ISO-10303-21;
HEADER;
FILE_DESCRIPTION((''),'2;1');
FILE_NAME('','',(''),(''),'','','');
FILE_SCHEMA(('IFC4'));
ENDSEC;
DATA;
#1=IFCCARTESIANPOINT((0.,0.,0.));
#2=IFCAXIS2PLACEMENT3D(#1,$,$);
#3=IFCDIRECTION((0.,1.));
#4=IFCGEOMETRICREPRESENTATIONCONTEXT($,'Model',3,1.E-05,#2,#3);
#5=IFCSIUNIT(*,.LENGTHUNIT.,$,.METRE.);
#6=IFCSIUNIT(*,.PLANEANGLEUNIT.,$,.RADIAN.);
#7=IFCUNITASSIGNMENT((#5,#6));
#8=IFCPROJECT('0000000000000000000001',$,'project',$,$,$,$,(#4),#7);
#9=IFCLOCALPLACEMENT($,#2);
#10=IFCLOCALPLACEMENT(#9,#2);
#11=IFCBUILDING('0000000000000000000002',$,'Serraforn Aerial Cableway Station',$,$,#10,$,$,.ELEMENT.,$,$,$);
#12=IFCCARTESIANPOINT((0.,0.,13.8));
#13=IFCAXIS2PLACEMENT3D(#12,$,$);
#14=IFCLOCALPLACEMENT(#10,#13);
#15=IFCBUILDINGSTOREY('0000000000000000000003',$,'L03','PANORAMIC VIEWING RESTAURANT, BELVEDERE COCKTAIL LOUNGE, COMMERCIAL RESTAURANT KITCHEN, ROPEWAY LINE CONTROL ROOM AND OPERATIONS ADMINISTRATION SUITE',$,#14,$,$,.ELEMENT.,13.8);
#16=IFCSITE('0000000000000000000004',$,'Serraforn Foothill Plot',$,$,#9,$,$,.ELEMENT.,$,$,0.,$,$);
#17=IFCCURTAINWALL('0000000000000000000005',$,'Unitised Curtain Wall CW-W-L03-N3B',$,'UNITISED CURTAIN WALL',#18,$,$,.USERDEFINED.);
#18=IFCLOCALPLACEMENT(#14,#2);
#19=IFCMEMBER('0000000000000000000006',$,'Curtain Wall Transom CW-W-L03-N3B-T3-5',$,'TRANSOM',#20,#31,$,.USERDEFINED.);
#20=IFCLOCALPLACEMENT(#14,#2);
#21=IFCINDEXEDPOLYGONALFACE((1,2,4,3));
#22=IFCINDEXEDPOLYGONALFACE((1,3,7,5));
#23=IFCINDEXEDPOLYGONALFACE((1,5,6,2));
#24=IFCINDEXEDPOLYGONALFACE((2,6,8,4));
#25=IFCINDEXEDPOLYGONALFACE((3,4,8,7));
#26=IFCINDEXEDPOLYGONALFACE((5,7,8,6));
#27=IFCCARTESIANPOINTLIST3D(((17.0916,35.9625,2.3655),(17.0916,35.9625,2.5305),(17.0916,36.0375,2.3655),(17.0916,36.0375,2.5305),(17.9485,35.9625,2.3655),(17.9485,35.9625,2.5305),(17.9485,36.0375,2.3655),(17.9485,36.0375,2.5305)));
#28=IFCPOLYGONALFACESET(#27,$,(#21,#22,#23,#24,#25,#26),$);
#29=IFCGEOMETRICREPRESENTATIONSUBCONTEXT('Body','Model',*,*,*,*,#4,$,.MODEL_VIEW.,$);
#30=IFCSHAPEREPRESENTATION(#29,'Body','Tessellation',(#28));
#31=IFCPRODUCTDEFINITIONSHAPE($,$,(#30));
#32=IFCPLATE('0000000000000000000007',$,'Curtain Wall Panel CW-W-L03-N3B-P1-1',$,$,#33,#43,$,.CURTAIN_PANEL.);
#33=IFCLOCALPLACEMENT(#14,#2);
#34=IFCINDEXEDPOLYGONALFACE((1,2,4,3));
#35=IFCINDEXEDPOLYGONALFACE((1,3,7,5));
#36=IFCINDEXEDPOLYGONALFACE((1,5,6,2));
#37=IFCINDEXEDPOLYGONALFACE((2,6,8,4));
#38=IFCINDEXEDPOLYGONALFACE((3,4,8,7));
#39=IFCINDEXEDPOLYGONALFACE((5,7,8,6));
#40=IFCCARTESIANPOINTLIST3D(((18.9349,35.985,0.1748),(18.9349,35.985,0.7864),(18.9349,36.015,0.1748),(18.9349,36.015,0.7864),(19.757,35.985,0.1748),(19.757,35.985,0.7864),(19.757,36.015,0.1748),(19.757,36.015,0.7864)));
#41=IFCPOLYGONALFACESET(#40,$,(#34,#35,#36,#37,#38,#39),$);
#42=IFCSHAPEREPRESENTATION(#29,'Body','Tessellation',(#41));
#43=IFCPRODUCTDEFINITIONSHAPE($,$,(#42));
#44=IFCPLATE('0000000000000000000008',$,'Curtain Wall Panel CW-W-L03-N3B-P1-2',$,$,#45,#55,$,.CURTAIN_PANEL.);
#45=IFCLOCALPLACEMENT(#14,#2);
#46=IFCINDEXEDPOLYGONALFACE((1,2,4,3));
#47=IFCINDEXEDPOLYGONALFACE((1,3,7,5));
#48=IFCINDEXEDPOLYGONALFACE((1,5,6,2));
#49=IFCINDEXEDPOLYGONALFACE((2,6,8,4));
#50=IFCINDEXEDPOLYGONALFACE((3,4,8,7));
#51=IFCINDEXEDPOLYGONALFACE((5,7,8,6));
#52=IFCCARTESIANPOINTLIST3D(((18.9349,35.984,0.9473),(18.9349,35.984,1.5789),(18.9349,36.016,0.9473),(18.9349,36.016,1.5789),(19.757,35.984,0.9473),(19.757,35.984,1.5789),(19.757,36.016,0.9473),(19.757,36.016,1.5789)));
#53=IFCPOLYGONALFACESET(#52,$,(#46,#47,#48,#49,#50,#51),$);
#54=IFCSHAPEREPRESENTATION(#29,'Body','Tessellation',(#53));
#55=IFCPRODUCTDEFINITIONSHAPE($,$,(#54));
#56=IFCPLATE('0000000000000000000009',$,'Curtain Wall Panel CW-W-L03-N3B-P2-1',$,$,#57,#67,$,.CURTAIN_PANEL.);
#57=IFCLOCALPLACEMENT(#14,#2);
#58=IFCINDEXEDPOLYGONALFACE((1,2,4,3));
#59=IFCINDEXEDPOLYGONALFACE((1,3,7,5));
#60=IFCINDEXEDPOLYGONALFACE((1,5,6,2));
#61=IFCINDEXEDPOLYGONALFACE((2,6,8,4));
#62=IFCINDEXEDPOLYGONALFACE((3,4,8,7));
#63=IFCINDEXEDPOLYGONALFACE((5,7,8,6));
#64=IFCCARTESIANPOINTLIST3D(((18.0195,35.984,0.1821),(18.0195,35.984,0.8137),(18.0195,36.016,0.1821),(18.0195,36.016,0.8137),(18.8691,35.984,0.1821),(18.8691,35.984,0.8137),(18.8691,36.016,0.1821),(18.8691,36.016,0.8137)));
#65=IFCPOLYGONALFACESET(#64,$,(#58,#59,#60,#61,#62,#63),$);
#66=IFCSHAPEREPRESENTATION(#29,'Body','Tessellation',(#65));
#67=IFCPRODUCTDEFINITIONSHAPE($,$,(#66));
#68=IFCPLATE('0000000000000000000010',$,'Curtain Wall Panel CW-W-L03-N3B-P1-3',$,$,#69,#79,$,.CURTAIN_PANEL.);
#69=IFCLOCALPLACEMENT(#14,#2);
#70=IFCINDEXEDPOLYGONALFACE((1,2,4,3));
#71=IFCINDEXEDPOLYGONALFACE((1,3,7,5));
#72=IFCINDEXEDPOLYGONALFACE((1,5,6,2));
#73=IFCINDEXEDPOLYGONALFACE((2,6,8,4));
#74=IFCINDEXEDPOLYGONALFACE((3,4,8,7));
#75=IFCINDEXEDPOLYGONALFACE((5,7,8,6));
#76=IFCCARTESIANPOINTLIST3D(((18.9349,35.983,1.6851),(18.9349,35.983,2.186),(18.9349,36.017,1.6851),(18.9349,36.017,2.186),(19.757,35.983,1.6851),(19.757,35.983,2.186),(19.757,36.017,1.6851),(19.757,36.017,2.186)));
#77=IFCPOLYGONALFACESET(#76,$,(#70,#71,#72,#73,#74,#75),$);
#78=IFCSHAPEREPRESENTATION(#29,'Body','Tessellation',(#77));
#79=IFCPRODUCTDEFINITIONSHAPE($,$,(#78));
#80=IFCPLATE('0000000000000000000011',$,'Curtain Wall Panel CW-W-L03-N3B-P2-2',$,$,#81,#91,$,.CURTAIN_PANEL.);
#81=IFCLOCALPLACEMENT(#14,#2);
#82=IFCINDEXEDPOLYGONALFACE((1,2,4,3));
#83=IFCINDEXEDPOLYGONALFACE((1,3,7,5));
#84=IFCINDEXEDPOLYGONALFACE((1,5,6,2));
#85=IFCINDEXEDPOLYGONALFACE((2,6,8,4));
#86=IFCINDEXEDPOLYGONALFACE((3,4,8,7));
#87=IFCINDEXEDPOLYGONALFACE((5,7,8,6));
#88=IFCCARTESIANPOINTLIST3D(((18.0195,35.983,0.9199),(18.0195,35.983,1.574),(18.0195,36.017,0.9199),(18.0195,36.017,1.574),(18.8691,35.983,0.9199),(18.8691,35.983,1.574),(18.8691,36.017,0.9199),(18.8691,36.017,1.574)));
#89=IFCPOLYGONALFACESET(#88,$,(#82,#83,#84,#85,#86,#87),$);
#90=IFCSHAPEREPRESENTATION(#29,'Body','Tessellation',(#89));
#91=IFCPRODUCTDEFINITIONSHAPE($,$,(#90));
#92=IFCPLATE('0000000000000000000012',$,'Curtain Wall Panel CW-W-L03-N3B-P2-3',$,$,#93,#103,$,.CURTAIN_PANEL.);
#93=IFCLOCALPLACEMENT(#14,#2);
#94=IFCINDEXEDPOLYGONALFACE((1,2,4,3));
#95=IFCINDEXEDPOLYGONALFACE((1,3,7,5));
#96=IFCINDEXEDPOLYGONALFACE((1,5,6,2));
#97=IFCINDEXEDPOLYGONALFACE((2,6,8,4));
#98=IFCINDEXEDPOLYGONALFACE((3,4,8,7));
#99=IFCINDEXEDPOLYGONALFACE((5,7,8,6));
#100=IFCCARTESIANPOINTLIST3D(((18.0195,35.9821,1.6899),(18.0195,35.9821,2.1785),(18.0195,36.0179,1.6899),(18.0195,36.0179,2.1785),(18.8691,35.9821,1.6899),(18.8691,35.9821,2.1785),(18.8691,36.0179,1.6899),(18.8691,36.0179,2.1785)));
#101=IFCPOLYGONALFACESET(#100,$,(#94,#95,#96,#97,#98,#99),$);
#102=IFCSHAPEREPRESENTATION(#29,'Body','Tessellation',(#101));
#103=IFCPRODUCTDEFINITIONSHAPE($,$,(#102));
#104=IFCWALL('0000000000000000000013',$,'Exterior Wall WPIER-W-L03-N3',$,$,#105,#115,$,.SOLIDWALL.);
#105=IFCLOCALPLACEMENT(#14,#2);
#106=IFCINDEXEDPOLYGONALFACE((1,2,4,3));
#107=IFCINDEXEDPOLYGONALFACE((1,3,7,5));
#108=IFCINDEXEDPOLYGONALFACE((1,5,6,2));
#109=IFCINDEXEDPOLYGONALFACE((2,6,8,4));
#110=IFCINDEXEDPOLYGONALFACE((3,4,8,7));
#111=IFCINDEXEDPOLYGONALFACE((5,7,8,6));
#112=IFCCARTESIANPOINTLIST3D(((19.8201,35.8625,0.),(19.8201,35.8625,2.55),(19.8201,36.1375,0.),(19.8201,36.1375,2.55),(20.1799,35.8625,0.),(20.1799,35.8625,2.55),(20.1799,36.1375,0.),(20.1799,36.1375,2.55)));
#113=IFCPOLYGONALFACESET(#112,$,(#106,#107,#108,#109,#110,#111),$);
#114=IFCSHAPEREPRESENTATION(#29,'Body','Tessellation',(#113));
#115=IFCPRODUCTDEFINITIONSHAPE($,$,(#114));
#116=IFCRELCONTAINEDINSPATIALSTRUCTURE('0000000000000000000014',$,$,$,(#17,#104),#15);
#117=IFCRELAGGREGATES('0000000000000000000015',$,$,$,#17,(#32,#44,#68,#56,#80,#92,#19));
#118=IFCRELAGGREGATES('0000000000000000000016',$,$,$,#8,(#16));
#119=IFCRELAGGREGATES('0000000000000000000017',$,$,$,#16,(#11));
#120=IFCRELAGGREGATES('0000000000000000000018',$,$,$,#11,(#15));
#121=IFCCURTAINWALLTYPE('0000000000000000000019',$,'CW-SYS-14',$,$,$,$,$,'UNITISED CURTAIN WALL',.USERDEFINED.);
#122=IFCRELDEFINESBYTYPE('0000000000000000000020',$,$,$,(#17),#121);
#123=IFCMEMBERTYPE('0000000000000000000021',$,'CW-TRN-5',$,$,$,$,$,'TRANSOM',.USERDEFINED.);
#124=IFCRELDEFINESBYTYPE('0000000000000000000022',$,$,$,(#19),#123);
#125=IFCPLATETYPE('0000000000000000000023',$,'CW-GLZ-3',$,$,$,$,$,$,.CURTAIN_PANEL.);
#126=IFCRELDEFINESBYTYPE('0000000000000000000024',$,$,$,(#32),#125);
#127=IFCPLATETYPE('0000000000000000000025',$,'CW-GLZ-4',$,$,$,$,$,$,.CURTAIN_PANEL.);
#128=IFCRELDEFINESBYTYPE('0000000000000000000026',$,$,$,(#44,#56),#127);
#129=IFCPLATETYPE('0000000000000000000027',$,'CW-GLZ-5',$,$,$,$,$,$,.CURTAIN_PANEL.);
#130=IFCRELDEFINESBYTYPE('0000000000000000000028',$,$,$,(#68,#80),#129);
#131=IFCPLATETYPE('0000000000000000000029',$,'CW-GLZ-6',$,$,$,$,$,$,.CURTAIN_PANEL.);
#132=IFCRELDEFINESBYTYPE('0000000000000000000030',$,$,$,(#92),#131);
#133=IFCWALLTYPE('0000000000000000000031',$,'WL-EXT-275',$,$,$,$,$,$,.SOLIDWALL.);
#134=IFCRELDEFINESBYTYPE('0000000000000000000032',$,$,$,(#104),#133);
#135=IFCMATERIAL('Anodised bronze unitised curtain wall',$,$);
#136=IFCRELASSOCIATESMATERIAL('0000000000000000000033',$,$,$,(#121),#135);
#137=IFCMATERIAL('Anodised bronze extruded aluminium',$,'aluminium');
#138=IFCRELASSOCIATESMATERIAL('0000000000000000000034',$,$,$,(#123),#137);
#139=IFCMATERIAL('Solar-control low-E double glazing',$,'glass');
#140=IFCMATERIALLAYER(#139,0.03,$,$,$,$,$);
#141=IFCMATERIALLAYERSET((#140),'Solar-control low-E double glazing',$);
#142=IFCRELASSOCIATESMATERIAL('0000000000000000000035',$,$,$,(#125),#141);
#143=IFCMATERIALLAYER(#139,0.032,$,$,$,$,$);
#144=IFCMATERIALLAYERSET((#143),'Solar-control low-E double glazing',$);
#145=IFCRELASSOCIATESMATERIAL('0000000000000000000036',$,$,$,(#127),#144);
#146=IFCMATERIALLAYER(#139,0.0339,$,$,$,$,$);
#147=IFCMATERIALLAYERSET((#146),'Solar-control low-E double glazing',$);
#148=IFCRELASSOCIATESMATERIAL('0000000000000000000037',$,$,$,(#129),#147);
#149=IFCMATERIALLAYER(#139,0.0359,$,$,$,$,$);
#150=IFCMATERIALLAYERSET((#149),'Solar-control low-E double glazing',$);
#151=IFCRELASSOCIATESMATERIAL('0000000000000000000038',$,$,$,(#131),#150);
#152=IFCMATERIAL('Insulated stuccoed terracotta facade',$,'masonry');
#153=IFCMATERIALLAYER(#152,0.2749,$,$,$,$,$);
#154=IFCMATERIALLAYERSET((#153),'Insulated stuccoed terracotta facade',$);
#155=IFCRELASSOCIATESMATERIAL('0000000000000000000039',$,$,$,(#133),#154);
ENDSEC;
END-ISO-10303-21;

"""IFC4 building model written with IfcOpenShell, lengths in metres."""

from ifc_helpers import new_model, si_unit, direction, frame, frame_2d, origin, origin_2d, place, context, subcontext, project, spatial, rectangle, extrude, material, layer, layer_set, material_profile, profile_set, type_object, element, aggregate, save


model = new_model("IFC4")

# Units and contexts
model_context = context("Model", 3, precision=1e-05, world=origin(), true_north=direction((0.0, 1.0)))
body_context = subcontext(model_context, "Body", "Model", "MODEL_VIEW")
ifc_project = project(units=[si_unit("LENGTHUNIT", "METRE"), si_unit("PLANEANGLEUNIT", "RADIAN")], contexts=[model_context])

# Site, building, storey
site_placement = place(None, origin())
site = spatial("IfcSite", under=ifc_project, at=site_placement, Name="Serraforn Foothill Plot", CompositionType="ELEMENT", RefElevation=0.0)
building_placement = place(site_placement, origin())
building = spatial("IfcBuilding", under=site, at=building_placement, Name="Serraforn Aerial Cableway Station", CompositionType="ELEMENT")
storey_placement = place(building_placement, frame((0.0, 0.0, 13.8)))
storey = spatial("IfcBuildingStorey", under=building, at=storey_placement, Name="L03", Description="PANORAMIC VIEWING RESTAURANT, BELVEDERE COCKTAIL LOUNGE, COMMERCIAL RESTAURANT KITCHEN, ROPEWAY LINE CONTROL ROOM AND OPERATIONS ADMINISTRATION SUITE", CompositionType="ELEMENT", Elevation=13.8)

# Curtain wall, member, plates
ifc_material_1 = material(Name="Anodised bronze unitised curtain wall")
curtain_wall_type = type_object("IfcCurtainWallType", Name="CW-SYS-14", ElementType="UNITISED CURTAIN WALL", PredefinedType="USERDEFINED", material=ifc_material_1)
curtain_wall_placement = place(storey_placement, origin())
curtain_wall = element("IfcCurtainWall", 1, at=curtain_wall_placement, inside=storey, type_object=curtain_wall_type, Name="Unitised Curtain Wall CW-W-L03-N3B", ObjectType="UNITISED CURTAIN WALL", PredefinedType="USERDEFINED")
ifc_material_2 = material(Name="Anodised bronze extruded aluminium", Category="aluminium")
ifc_material_profile_1 = material_profile(ifc_material_2, rectangle(XDim=0.075, YDim=0.165, at=origin_2d()), Name="CW TRANSOM 75x165")
ifc_profile_set_1 = profile_set([ifc_material_profile_1], Name="Anodised bronze extruded aluminium")
member_type_1 = type_object("IfcMemberType", Name="CW-TRN-5", ElementType="TRANSOM", PredefinedType="USERDEFINED", material=ifc_profile_set_1)
member_1_placement = place(storey_placement, frame((17.9485, 36.0, 2.448), z_axis=(-1.0, 0.0, 0.0), x_axis=(0.0, -1.0, 0.0)))
member_1 = element("IfcMember", 2, at=member_1_placement, type_object=member_type_1, Name="Curtain Wall Transom CW-W-L03-N3B-T3-5", ObjectType="TRANSOM", PredefinedType="USERDEFINED", context=body_context, shape_type="SweptSolid", body=[
    extrude(rectangle(XDim=0.075, YDim=0.165, at=origin_2d()), origin(), (0.0, 0.0, 1.0), 0.8569),
])
ifc_material_3 = material(Name="Solar-control low-E double glazing", Category="glass")
ifc_layer_1 = layer(ifc_material_3, 0.03)
ifc_layer_set_1 = layer_set([ifc_layer_1], Name="Solar-control low-E double glazing")
plate_type_1 = type_object("IfcPlateType", Name="CW-GLZ-3", PredefinedType="CURTAIN_PANEL", material=ifc_layer_set_1)
plate_1_placement = place(storey_placement, frame((19.3459, 36.0, 0.1748), z_axis=(0.0, 0.0, 1.0), x_axis=(1.0, 0.0, 0.0)))
plate_1 = element("IfcPlate", 3, at=plate_1_placement, type_object=plate_type_1, Name="Curtain Wall Panel CW-W-L03-N3B-P1-1", PredefinedType="CURTAIN_PANEL", context=body_context, shape_type="SweptSolid", body=[
    extrude(rectangle(XDim=0.822, YDim=0.03, at=origin_2d()), origin(), (0.0, 0.0, 1.0), 0.6116),
])
ifc_layer_2 = layer(ifc_material_3, 0.032)
ifc_layer_set_2 = layer_set([ifc_layer_2], Name="Solar-control low-E double glazing")
plate_type_2 = type_object("IfcPlateType", Name="CW-GLZ-4", PredefinedType="CURTAIN_PANEL", material=ifc_layer_set_2)
plate_2_placement = place(storey_placement, frame((19.3459, 36.0, 0.9473), z_axis=(0.0, 0.0, 1.0), x_axis=(1.0, 0.0, 0.0)))
plate_2 = element("IfcPlate", 4, at=plate_2_placement, type_object=plate_type_2, Name="Curtain Wall Panel CW-W-L03-N3B-P1-2", PredefinedType="CURTAIN_PANEL", context=body_context, shape_type="SweptSolid", body=[
    extrude(rectangle(XDim=0.822, YDim=0.032, at=origin_2d()), origin(), (0.0, 0.0, 1.0), 0.6316),
])
plate_3_placement = place(storey_placement, frame((18.4443, 36.0, 0.1821), z_axis=(0.0, 0.0, 1.0), x_axis=(1.0, 0.0, 0.0)))
plate_3 = element("IfcPlate", 5, at=plate_3_placement, type_object=plate_type_2, Name="Curtain Wall Panel CW-W-L03-N3B-P2-1", PredefinedType="CURTAIN_PANEL", context=body_context, shape_type="SweptSolid", body=[
    extrude(rectangle(XDim=0.8496, YDim=0.032, at=origin_2d()), origin(), (0.0, 0.0, 1.0), 0.6316),
])
ifc_layer_3 = layer(ifc_material_3, 0.0339)
ifc_layer_set_3 = layer_set([ifc_layer_3], Name="Solar-control low-E double glazing")
plate_type_3 = type_object("IfcPlateType", Name="CW-GLZ-5", PredefinedType="CURTAIN_PANEL", material=ifc_layer_set_3)
plate_4_placement = place(storey_placement, frame((19.3459, 36.0, 1.6851), z_axis=(0.0, 0.0, 1.0), x_axis=(1.0, 0.0, 0.0)))
plate_4 = element("IfcPlate", 6, at=plate_4_placement, type_object=plate_type_3, Name="Curtain Wall Panel CW-W-L03-N3B-P1-3", PredefinedType="CURTAIN_PANEL", context=body_context, shape_type="SweptSolid", body=[
    extrude(rectangle(XDim=0.822, YDim=0.0339, at=origin_2d()), origin(), (0.0, 0.0, 1.0), 0.501),
])
plate_5_placement = place(storey_placement, frame((18.4443, 36.0, 0.9199), z_axis=(0.0, 0.0, 1.0), x_axis=(1.0, 0.0, 0.0)))
plate_5 = element("IfcPlate", 7, at=plate_5_placement, type_object=plate_type_3, Name="Curtain Wall Panel CW-W-L03-N3B-P2-2", PredefinedType="CURTAIN_PANEL", context=body_context, shape_type="SweptSolid", body=[
    extrude(rectangle(XDim=0.8496, YDim=0.0339, at=origin_2d()), origin(), (0.0, 0.0, 1.0), 0.6541),
])
ifc_layer_4 = layer(ifc_material_3, 0.0359)
ifc_layer_set_4 = layer_set([ifc_layer_4], Name="Solar-control low-E double glazing")
plate_type_4 = type_object("IfcPlateType", Name="CW-GLZ-6", PredefinedType="CURTAIN_PANEL", material=ifc_layer_set_4)
plate_6_placement = place(storey_placement, frame((18.4443, 36.0, 1.6899), z_axis=(0.0, 0.0, 1.0), x_axis=(1.0, 0.0, 0.0)))
plate_6 = element("IfcPlate", 8, at=plate_6_placement, type_object=plate_type_4, Name="Curtain Wall Panel CW-W-L03-N3B-P2-3", PredefinedType="CURTAIN_PANEL", context=body_context, shape_type="SweptSolid", body=[
    extrude(rectangle(XDim=0.8496, YDim=0.0359, at=origin_2d()), origin(), (0.0, 0.0, 1.0), 0.4885),
])
aggregate(curtain_wall, [plate_1, plate_2, plate_4, plate_3, plate_5, plate_6, member_1])

# Wall
ifc_material_4 = material(Name="Insulated stuccoed terracotta facade", Category="masonry")
ifc_layer_5 = layer(ifc_material_4, 0.2749)
ifc_layer_set_5 = layer_set([ifc_layer_5], Name="Insulated stuccoed terracotta facade")
wall_type = type_object("IfcWallType", Name="WL-EXT-275", PredefinedType="SOLIDWALL", material=ifc_layer_set_5)
wall_placement = place(storey_placement, frame((20.1799, 36.0, 0.0), z_axis=(0.0, 0.0, 1.0), x_axis=(-1.0, 0.0, 0.0)))
element("IfcWall", 9, at=wall_placement, inside=storey, type_object=wall_type, Name="Exterior Wall WPIER-W-L03-N3", PredefinedType="SOLIDWALL", context=body_context, shape_type="SweptSolid", body=[
    extrude(rectangle(XDim=0.3599, YDim=0.2749, at=frame_2d((0.1799, 0.0))), origin(), (0.0, 0.0, 1.0), 2.55),
])

save(model, "model.ifc")
